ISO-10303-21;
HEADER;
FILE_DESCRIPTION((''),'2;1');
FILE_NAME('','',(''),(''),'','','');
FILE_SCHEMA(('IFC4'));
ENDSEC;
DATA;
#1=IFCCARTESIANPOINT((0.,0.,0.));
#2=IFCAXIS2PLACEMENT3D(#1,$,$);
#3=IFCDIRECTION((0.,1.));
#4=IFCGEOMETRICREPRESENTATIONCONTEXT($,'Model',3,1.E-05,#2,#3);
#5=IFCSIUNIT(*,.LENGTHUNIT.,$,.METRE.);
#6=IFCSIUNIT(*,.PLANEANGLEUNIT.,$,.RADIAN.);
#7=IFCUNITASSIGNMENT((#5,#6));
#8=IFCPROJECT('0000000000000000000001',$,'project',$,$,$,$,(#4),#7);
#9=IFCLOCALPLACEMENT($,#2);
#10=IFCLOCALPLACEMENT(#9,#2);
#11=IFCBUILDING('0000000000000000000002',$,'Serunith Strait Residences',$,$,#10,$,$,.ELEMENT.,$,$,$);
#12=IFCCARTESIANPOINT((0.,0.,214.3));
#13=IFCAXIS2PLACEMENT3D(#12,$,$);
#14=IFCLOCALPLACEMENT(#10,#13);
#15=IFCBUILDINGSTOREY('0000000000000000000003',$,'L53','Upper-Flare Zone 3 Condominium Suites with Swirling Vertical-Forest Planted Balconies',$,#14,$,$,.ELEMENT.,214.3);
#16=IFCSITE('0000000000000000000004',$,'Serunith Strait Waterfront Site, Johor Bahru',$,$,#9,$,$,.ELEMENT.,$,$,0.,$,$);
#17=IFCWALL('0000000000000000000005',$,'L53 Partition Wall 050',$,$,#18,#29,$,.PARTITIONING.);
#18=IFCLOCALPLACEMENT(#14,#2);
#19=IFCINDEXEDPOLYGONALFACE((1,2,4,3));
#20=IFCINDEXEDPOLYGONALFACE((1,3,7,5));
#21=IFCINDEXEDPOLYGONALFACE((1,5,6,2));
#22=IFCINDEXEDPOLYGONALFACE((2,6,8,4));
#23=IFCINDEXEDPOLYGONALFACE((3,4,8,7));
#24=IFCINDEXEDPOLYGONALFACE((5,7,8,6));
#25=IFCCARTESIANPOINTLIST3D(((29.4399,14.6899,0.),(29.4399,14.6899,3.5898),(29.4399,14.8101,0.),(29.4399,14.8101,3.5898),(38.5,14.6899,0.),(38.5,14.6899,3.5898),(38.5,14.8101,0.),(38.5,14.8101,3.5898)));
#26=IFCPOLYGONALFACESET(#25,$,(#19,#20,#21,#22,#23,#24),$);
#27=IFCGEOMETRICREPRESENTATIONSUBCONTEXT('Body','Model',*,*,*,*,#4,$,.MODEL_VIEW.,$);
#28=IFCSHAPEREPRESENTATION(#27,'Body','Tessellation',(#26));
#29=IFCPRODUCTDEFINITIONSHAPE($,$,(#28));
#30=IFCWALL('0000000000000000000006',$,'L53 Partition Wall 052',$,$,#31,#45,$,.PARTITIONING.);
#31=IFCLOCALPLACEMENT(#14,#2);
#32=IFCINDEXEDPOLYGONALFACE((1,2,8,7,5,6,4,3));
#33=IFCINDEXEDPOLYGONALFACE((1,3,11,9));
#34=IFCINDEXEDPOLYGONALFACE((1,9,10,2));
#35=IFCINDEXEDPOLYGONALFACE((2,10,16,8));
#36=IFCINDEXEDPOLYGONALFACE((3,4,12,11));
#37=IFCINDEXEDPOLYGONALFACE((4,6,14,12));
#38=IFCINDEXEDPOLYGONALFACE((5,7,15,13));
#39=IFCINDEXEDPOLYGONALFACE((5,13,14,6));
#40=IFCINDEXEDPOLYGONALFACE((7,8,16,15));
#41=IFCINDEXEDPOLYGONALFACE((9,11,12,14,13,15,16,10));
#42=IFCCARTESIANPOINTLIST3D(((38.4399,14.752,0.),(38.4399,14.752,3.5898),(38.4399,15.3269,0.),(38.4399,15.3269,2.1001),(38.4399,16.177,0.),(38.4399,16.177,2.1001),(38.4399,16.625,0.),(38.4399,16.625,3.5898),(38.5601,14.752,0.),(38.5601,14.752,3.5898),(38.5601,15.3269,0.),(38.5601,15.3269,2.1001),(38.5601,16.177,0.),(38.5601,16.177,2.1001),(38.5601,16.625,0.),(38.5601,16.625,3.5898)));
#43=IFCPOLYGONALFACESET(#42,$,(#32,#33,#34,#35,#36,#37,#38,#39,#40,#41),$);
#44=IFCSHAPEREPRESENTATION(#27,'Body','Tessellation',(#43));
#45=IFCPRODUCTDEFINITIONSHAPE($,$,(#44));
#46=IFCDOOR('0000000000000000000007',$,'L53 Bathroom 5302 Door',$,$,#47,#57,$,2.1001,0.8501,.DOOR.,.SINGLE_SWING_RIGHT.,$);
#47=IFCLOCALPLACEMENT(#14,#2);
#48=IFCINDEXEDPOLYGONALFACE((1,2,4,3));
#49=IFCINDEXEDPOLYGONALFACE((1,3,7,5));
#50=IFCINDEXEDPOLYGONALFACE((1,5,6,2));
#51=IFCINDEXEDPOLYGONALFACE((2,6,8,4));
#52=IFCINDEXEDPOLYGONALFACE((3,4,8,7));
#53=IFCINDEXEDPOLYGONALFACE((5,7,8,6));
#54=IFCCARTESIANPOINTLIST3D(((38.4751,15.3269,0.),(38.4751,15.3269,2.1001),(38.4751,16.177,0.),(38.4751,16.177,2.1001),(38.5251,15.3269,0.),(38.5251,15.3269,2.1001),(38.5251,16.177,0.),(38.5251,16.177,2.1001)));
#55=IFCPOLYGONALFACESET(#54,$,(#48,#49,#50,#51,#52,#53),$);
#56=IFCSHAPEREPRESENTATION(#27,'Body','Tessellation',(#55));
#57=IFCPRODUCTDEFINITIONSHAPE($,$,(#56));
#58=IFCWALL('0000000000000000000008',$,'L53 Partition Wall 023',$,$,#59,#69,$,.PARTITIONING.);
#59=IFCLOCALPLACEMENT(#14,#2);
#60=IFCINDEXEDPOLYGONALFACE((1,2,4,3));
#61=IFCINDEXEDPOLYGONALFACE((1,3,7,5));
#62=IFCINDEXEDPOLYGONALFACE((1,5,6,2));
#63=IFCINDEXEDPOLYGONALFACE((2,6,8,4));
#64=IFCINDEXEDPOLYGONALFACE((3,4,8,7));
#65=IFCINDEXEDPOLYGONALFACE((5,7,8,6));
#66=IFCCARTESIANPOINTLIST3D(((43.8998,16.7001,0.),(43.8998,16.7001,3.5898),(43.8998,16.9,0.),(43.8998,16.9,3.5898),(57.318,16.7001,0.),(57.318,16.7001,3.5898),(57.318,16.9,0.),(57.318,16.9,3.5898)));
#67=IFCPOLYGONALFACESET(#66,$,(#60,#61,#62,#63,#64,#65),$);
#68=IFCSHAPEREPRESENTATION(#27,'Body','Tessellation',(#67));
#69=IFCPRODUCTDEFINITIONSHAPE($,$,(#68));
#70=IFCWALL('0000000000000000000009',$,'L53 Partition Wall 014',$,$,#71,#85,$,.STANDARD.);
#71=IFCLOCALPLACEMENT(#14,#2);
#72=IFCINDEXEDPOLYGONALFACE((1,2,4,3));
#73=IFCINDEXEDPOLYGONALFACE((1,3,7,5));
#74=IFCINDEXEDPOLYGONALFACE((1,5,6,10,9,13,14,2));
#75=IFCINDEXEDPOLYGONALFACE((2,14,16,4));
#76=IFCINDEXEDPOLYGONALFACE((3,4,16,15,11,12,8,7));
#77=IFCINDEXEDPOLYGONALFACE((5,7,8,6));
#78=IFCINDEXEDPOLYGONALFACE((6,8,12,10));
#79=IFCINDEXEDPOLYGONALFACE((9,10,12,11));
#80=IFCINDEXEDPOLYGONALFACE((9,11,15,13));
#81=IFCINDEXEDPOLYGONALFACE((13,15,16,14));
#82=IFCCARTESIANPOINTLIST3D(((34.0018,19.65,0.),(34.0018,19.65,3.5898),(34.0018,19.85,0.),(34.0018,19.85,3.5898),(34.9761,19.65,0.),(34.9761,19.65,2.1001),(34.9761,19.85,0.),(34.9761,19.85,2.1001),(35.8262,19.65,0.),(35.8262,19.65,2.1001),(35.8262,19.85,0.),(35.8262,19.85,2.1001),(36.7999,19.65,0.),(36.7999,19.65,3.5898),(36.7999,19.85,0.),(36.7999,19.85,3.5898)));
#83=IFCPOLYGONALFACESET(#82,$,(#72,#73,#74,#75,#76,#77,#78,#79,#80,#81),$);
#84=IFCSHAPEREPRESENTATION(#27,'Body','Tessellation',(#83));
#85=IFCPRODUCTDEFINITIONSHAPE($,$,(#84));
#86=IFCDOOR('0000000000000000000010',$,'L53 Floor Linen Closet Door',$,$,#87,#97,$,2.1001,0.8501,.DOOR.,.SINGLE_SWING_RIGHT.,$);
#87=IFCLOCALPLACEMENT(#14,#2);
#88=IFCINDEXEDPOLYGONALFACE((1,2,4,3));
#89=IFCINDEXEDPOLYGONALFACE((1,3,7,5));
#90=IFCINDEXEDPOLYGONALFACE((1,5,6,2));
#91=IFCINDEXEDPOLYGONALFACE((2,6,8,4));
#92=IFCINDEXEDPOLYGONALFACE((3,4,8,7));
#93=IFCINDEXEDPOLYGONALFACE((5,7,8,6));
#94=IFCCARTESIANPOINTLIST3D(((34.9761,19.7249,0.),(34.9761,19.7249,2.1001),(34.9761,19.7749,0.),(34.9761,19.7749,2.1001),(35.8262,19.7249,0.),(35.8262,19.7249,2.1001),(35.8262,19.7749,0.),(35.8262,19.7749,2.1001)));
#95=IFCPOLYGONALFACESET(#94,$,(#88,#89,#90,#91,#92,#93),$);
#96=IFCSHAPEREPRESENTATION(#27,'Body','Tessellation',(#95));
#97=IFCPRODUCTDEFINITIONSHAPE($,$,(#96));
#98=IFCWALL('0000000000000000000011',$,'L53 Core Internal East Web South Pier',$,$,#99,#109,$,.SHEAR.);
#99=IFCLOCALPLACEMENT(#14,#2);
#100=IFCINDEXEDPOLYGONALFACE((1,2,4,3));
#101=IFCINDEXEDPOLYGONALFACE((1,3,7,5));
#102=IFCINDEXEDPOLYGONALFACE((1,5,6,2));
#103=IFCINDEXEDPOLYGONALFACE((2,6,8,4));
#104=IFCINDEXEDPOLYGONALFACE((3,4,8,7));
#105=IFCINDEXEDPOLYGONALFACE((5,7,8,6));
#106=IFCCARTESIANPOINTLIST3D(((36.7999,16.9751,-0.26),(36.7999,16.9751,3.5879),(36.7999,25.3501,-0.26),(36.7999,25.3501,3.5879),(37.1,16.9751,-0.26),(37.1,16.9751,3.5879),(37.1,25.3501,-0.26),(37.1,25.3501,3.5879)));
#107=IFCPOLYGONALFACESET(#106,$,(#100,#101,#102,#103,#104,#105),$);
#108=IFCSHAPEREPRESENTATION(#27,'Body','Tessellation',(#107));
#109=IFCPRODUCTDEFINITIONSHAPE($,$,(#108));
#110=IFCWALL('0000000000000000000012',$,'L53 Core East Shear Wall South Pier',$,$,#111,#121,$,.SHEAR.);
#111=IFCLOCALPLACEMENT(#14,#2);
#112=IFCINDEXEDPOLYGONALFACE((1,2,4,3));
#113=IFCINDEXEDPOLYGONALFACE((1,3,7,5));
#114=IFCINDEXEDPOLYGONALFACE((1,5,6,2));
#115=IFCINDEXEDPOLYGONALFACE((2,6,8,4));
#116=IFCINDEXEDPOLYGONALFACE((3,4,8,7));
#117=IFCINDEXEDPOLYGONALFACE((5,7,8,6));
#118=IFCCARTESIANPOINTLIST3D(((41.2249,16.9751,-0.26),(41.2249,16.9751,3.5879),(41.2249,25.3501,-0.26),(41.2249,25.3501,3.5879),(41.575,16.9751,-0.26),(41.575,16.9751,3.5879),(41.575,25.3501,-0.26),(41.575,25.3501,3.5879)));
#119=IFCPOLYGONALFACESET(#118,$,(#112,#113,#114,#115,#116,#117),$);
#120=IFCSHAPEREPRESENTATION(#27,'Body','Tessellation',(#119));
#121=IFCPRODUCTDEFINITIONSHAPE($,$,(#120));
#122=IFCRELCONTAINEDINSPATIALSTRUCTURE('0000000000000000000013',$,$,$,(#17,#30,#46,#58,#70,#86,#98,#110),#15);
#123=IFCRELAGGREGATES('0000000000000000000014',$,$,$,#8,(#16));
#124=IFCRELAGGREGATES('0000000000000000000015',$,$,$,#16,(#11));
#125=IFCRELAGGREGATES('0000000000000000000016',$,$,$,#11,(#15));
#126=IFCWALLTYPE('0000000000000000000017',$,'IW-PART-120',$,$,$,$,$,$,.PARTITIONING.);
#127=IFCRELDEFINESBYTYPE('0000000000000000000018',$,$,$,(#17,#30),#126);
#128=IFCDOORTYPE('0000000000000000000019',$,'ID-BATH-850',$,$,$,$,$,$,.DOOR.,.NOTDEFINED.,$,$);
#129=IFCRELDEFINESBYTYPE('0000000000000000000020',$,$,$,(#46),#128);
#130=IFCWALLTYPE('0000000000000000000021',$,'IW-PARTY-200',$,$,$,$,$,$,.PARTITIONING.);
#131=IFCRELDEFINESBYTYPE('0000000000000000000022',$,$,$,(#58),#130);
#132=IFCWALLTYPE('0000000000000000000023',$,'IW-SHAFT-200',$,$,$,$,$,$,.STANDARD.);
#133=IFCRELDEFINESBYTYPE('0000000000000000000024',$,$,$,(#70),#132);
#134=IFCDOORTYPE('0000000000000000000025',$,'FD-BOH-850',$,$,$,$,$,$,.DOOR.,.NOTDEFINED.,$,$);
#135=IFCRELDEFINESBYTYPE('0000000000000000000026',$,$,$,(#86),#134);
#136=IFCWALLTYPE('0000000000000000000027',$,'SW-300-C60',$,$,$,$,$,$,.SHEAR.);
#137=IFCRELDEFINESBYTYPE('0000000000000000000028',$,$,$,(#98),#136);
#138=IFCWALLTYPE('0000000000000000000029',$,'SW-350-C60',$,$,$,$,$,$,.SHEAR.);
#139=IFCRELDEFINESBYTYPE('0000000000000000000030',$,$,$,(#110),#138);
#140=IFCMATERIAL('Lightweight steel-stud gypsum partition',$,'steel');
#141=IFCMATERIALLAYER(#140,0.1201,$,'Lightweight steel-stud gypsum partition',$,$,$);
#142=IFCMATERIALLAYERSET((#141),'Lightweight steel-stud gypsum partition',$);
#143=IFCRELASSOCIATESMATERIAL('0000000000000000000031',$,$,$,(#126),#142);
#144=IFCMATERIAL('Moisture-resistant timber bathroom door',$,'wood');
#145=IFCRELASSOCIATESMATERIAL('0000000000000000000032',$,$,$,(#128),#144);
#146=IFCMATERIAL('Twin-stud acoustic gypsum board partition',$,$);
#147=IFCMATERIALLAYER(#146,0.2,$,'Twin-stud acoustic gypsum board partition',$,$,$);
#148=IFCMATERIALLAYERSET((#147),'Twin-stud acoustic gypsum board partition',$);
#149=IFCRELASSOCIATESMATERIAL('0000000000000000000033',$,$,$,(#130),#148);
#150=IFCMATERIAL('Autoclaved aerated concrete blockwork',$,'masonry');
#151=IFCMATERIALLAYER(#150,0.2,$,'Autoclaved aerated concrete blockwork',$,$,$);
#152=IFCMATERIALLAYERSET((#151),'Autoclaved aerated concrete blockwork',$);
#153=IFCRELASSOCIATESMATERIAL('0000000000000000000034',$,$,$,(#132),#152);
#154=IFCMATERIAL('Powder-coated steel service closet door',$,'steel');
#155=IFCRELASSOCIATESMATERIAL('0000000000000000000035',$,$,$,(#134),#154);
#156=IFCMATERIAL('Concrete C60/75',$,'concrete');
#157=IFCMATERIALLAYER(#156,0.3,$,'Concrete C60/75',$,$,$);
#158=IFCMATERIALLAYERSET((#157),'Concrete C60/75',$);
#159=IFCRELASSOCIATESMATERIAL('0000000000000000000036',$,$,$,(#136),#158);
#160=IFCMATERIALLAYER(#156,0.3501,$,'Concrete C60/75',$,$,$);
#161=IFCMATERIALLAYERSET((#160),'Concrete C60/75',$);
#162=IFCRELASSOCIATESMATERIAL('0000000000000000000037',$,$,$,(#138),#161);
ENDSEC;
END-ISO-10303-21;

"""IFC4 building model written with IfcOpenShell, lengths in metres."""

from ifc_helpers import new_model, si_unit, direction, frame, frame_2d, origin, place, context, subcontext, project, spatial, rectangle, extrude, source, transform, mapped, material, layer, layer_set, type_object, element, fill, save


model = new_model("IFC4")

# Units and contexts
model_context = context("Model", 3, precision=1e-05, world=origin(), true_north=direction((0.0, 1.0)))
body_context = subcontext(model_context, "Body", "Model", "MODEL_VIEW")
ifc_project = project(units=[si_unit("LENGTHUNIT", "METRE"), si_unit("PLANEANGLEUNIT", "RADIAN")], contexts=[model_context])

# Site, building, storey
site_placement = place(None, origin())
site = spatial("IfcSite", under=ifc_project, at=site_placement, Name="Serunith Strait Waterfront Site, Johor Bahru", CompositionType="ELEMENT", RefElevation=0.0)
building_placement = place(site_placement, origin())
building = spatial("IfcBuilding", under=site, at=building_placement, Name="Serunith Strait Residences", CompositionType="ELEMENT")
storey_placement = place(building_placement, frame((0.0, 0.0, 214.3)))
storey = spatial("IfcBuildingStorey", under=building, at=storey_placement, Name="L53", Description="Upper-Flare Zone 3 Condominium Suites with Swirling Vertical-Forest Planted Balconies", CompositionType="ELEMENT", Elevation=214.3)

# Shared definitions
ifc_material_1 = material(Name="Concrete C60/75", Category="concrete")

# Wall
ifc_material_2 = material(Name="Lightweight steel-stud gypsum partition", Category="steel")
ifc_layer_1 = layer(ifc_material_2, 0.1201, Name="Lightweight steel-stud gypsum partition")
ifc_layer_set_1 = layer_set([ifc_layer_1], Name="Lightweight steel-stud gypsum partition")
wall_type_1 = type_object("IfcWallType", Name="IW-PART-120", PredefinedType="PARTITIONING", material=ifc_layer_set_1)
wall_1_placement = place(storey_placement, frame((29.4399, 14.75, 0.0), z_axis=(0.0, 0.0, 1.0), x_axis=(1.0, 0.0, 0.0)))
element("IfcWall", 1, at=wall_1_placement, inside=storey, type_object=wall_type_1, Name="L53 Partition Wall 050", PredefinedType="PARTITIONING", context=body_context, shape_type="SweptSolid", body=[
    extrude(rectangle(XDim=9.0601, YDim=0.1201, at=frame_2d((4.53, 0.0))), origin(), (0.0, 0.0, 1.0), 3.5898),
])

# Wall, opening, door
wall_2_placement = place(storey_placement, frame((38.5, 14.752, 0.0), z_axis=(0.0, 0.0, 1.0), x_axis=(0.0, 1.0, 0.0)))
wall_2 = element("IfcWall", 2, at=wall_2_placement, inside=storey, type_object=wall_type_1, Name="L53 Partition Wall 052", PredefinedType="PARTITIONING", context=body_context, shape_type="SweptSolid", body=[
    extrude(rectangle(XDim=1.873, YDim=0.1201, at=frame_2d((0.9365, 0.0))), origin(), (0.0, 0.0, 1.0), 3.5898),
])
opening_1_placement = place(wall_2_placement, frame((0.575, 0.0, 0.0)))
opening_1 = element("IfcOpeningElement", 3, at=opening_1_placement, cuts=wall_2, PredefinedType="OPENING", context=body_context, shape_type="SweptSolid", body=[
    extrude(rectangle(XDim=0.8501, YDim=2.1001, at=frame_2d((0.425, 1.05))), frame((0.0, 0.0701, 0.0), z_axis=(0.0, -1.0, 0.0), x_axis=(1.0, 0.0, 0.0)), (0.0, 0.0, 1.0), 0.1401),
])
ifc_material_3 = material(Name="Moisture-resistant timber bathroom door", Category="wood")
door_type_1 = type_object("IfcDoorType", Name="ID-BATH-850", OperationType="NOTDEFINED", PredefinedType="DOOR", material=ifc_material_3)
shared_shape_1 = source(origin(), body_context, "Body", "SweptSolid", [
    extrude(rectangle(XDim=0.8501, YDim=2.1001, at=frame_2d((0.425, 1.05))), frame((0.0, 0.0249, 0.0), z_axis=(0.0, -1.0, 0.0), x_axis=(1.0, 0.0, 0.0)), (0.0, 0.0, 1.0), 0.05),
])
door_1_placement = place(opening_1_placement, origin())
door_1 = element("IfcDoor", 4, at=door_1_placement, inside=storey, type_object=door_type_1, Name="L53 Bathroom 5302 Door", OperationType="SINGLE_SWING_RIGHT", OverallHeight=2.1001, OverallWidth=0.8501, PredefinedType="DOOR", context=body_context, shape_type="MappedRepresentation", body=[
    mapped(shared_shape_1, transform((0.0, 0.0, 0.0), scale=1.0)),
])
fill(opening_1, door_1)

# Wall
ifc_material_4 = material(Name="Twin-stud acoustic gypsum board partition")
ifc_layer_2 = layer(ifc_material_4, 0.2, Name="Twin-stud acoustic gypsum board partition")
ifc_layer_set_2 = layer_set([ifc_layer_2], Name="Twin-stud acoustic gypsum board partition")
wall_type_2 = type_object("IfcWallType", Name="IW-PARTY-200", PredefinedType="PARTITIONING", material=ifc_layer_set_2)
wall_3_placement = place(storey_placement, frame((43.8999, 16.8, 0.0), z_axis=(0.0, 0.0, 1.0), x_axis=(1.0, 0.0, 0.0)))
element("IfcWall", 5, at=wall_3_placement, inside=storey, type_object=wall_type_2, Name="L53 Partition Wall 023", PredefinedType="PARTITIONING", context=body_context, shape_type="SweptSolid", body=[
    extrude(rectangle(XDim=13.4182, YDim=0.2, at=frame_2d((6.709, 0.0))), origin(), (0.0, 0.0, 1.0), 3.5898),
])

# Wall, opening, door
ifc_material_5 = material(Name="Autoclaved aerated concrete blockwork", Category="masonry")
ifc_layer_3 = layer(ifc_material_5, 0.2, Name="Autoclaved aerated concrete blockwork")
ifc_layer_set_3 = layer_set([ifc_layer_3], Name="Autoclaved aerated concrete blockwork")
wall_type_3 = type_object("IfcWallType", Name="IW-SHAFT-200", PredefinedType="STANDARD", material=ifc_layer_set_3)
wall_4_placement = place(storey_placement, frame((34.002, 19.75, 0.0), z_axis=(0.0, 0.0, 1.0), x_axis=(1.0, 0.0, 0.0)))
wall_4 = element("IfcWall", 6, at=wall_4_placement, inside=storey, type_object=wall_type_3, Name="L53 Partition Wall 014", PredefinedType="STANDARD", context=body_context, shape_type="SweptSolid", body=[
    extrude(rectangle(XDim=2.7981, YDim=0.2, at=frame_2d((1.3989, 0.0))), origin(), (0.0, 0.0, 1.0), 3.5898),
])
opening_2_placement = place(wall_4_placement, frame((0.9741, 0.0, 0.0)))
opening_2 = element("IfcOpeningElement", 7, at=opening_2_placement, cuts=wall_4, PredefinedType="OPENING", context=body_context, shape_type="SweptSolid", body=[
    extrude(rectangle(XDim=0.8501, YDim=2.1001, at=frame_2d((0.425, 1.05))), frame((0.0, 0.1099, 0.0), z_axis=(0.0, -1.0, 0.0), x_axis=(1.0, 0.0, 0.0)), (0.0, 0.0, 1.0), 0.22),
])
ifc_material_6 = material(Name="Powder-coated steel service closet door", Category="steel")
door_type_2 = type_object("IfcDoorType", Name="FD-BOH-850", OperationType="NOTDEFINED", PredefinedType="DOOR", material=ifc_material_6)
door_2_placement = place(opening_2_placement, origin())
door_2 = element("IfcDoor", 8, at=door_2_placement, inside=storey, type_object=door_type_2, Name="L53 Floor Linen Closet Door", OperationType="SINGLE_SWING_RIGHT", OverallHeight=2.1001, OverallWidth=0.8501, PredefinedType="DOOR", context=body_context, shape_type="MappedRepresentation", body=[
    mapped(shared_shape_1, transform((0.0, 0.0, 0.0), scale=1.0)),
])
fill(opening_2, door_2)

# Walls
ifc_layer_4 = layer(ifc_material_1, 0.3, Name="Concrete C60/75")
ifc_layer_set_4 = layer_set([ifc_layer_4], Name="Concrete C60/75")
wall_type_4 = type_object("IfcWallType", Name="SW-300-C60", PredefinedType="SHEAR", material=ifc_layer_set_4)
wall_5_placement = place(storey_placement, frame((36.95, 16.9751, -0.26), z_axis=(0.0, 0.0, 1.0), x_axis=(0.0, 1.0, 0.0)))
element("IfcWall", 9, at=wall_5_placement, inside=storey, type_object=wall_type_4, Name="L53 Core Internal East Web South Pier", PredefinedType="SHEAR", context=body_context, shape_type="SweptSolid", body=[
    extrude(rectangle(XDim=8.375, YDim=0.3, at=frame_2d((4.1875, 0.0))), origin(), (0.0, 0.0, 1.0), 3.8479),
])
ifc_layer_5 = layer(ifc_material_1, 0.3501, Name="Concrete C60/75")
ifc_layer_set_5 = layer_set([ifc_layer_5], Name="Concrete C60/75")
wall_type_5 = type_object("IfcWallType", Name="SW-350-C60", PredefinedType="SHEAR", material=ifc_layer_set_5)
wall_6_placement = place(storey_placement, frame((41.3999, 16.9751, -0.26), z_axis=(0.0, 0.0, 1.0), x_axis=(0.0, 1.0, 0.0)))
element("IfcWall", 10, at=wall_6_placement, inside=storey, type_object=wall_type_5, Name="L53 Core East Shear Wall South Pier", PredefinedType="SHEAR", context=body_context, shape_type="SweptSolid", body=[
    extrude(rectangle(XDim=8.375, YDim=0.3501, at=frame_2d((4.1875, 0.0))), origin(), (0.0, 0.0, 1.0), 3.8479),
])

save(model, "model.ifc")
